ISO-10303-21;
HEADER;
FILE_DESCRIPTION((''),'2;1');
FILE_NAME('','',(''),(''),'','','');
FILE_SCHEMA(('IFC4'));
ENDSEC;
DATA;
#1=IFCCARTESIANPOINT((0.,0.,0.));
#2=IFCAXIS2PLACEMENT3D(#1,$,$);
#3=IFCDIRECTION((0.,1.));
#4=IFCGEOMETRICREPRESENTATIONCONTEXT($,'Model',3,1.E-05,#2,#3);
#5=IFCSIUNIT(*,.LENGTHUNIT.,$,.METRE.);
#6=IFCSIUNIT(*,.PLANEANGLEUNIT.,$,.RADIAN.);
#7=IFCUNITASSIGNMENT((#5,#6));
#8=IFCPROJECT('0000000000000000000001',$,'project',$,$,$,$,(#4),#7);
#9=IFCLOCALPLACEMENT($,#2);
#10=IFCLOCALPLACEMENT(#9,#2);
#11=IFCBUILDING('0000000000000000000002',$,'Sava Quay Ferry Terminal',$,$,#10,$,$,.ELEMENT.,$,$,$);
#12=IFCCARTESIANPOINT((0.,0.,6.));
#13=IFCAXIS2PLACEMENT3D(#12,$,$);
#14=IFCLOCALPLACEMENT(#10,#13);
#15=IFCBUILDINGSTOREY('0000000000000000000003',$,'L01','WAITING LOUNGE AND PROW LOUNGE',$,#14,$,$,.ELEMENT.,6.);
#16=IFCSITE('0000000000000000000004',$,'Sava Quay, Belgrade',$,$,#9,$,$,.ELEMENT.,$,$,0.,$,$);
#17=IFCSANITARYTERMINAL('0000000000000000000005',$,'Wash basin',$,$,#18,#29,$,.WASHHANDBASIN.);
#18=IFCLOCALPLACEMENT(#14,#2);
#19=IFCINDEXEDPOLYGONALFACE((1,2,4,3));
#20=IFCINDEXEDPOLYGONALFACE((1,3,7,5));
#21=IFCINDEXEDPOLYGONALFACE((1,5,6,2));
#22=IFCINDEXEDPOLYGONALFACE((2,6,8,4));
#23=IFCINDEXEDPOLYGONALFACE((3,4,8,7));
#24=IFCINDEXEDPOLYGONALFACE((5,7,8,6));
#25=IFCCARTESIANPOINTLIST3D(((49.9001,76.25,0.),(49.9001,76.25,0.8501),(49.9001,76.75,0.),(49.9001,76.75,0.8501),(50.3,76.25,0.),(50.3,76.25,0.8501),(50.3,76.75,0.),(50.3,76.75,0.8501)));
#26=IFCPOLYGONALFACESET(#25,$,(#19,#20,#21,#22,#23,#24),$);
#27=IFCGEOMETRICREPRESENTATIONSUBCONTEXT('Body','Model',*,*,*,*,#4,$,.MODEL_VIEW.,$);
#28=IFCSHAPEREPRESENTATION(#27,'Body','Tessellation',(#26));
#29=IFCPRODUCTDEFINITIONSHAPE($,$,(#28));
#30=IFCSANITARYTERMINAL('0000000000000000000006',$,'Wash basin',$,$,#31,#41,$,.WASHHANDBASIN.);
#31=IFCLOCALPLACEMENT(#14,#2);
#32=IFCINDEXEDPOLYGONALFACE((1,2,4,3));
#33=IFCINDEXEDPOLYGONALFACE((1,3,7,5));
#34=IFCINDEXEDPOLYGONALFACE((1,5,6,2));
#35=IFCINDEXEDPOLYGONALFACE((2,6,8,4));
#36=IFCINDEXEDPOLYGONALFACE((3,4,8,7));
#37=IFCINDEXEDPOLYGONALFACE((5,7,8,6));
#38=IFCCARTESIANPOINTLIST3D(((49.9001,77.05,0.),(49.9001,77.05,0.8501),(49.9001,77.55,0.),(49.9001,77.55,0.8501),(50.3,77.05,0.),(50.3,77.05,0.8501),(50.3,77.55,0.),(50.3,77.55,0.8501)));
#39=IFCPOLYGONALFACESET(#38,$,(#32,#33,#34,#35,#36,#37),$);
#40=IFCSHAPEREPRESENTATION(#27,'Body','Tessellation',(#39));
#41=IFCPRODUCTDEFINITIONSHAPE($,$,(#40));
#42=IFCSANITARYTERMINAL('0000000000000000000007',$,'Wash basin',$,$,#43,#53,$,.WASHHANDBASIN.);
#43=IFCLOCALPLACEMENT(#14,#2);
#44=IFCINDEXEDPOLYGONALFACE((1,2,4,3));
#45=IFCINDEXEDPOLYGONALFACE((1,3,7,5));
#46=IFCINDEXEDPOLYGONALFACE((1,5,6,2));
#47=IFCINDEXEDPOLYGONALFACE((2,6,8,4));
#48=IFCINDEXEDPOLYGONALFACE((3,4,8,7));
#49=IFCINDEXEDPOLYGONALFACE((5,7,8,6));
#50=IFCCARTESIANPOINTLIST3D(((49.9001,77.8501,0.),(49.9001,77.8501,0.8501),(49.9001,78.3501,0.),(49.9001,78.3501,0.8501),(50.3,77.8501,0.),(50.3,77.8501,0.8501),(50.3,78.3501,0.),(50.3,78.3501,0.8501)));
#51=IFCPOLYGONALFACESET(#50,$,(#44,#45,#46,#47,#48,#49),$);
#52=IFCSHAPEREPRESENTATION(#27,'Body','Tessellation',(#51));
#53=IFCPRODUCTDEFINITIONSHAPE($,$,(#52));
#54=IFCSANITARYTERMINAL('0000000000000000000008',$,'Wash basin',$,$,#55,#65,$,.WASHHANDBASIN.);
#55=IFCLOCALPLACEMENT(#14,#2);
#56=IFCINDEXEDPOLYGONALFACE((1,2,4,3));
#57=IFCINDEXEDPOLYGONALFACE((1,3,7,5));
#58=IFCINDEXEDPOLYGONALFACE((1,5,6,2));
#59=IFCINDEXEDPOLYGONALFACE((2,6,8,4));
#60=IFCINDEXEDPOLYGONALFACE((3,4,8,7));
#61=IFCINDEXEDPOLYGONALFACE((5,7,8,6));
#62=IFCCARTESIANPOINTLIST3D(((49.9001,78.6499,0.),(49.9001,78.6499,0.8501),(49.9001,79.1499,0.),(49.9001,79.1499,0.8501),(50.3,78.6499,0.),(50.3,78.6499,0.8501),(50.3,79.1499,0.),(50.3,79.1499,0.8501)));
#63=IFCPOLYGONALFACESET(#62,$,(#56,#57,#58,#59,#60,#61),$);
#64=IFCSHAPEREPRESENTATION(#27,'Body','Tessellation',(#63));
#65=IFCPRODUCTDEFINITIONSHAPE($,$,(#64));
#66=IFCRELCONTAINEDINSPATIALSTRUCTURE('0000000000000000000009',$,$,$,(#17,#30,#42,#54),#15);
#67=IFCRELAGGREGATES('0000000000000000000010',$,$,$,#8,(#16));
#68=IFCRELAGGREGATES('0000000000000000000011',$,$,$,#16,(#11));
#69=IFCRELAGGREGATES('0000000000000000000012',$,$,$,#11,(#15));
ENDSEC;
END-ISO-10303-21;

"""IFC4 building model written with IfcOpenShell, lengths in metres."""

from ifc_helpers import new_model, si_unit, direction, frame, origin, origin_2d, place, context, subcontext, project, spatial, rectangle, extrude, element, save


model = new_model("IFC4")

# Units and contexts
model_context = context("Model", 3, precision=1e-05, world=origin(), true_north=direction((0.0, 1.0)))
body_context = subcontext(model_context, "Body", "Model", "MODEL_VIEW")
ifc_project = project(units=[si_unit("LENGTHUNIT", "METRE"), si_unit("PLANEANGLEUNIT", "RADIAN")], contexts=[model_context])

# Site, building, storey
site_placement = place(None, origin())
site = spatial("IfcSite", under=ifc_project, at=site_placement, Name="Sava Quay, Belgrade", CompositionType="ELEMENT", RefElevation=0.0)
building_placement = place(site_placement, origin())
building = spatial("IfcBuilding", under=site, at=building_placement, Name="Sava Quay Ferry Terminal", CompositionType="ELEMENT")
storey_placement = place(building_placement, frame((0.0, 0.0, 6.0)))
storey = spatial("IfcBuildingStorey", under=building, at=storey_placement, Name="L01", Description="WAITING LOUNGE AND PROW LOUNGE", CompositionType="ELEMENT", Elevation=6.0)

# Sanitary terminals
for number, where, z_axis, x_axis, name in (
    (1, (50.1001, 76.5, 0.0), (0.0, 0.0, 1.0), (1.0, 0.0, 0.0), "Wash basin"),
    (2, (50.1001, 77.3, 0.0), (0.0, 0.0, 1.0), (1.0, 0.0, 0.0), "Wash basin"),
    (3, (50.1001, 78.1001, 0.0), (0.0, 0.0, 1.0), (1.0, 0.0, 0.0), "Wash basin"),
    (4, (50.1001, 78.8999, 0.0), (0.0, 0.0, 1.0), (1.0, 0.0, 0.0), "Wash basin"),
):
    element("IfcSanitaryTerminal", number, at=place(storey_placement, frame(where, z_axis=z_axis, x_axis=x_axis)), inside=storey, Name=name, PredefinedType="WASHHANDBASIN", context=body_context, shape_type="SweptSolid", body=[
        extrude(rectangle(XDim=0.3999, YDim=0.5, at=origin_2d()), origin(), (0.0, 0.0, 1.0), 0.8501),
    ])

save(model, "model.ifc")
